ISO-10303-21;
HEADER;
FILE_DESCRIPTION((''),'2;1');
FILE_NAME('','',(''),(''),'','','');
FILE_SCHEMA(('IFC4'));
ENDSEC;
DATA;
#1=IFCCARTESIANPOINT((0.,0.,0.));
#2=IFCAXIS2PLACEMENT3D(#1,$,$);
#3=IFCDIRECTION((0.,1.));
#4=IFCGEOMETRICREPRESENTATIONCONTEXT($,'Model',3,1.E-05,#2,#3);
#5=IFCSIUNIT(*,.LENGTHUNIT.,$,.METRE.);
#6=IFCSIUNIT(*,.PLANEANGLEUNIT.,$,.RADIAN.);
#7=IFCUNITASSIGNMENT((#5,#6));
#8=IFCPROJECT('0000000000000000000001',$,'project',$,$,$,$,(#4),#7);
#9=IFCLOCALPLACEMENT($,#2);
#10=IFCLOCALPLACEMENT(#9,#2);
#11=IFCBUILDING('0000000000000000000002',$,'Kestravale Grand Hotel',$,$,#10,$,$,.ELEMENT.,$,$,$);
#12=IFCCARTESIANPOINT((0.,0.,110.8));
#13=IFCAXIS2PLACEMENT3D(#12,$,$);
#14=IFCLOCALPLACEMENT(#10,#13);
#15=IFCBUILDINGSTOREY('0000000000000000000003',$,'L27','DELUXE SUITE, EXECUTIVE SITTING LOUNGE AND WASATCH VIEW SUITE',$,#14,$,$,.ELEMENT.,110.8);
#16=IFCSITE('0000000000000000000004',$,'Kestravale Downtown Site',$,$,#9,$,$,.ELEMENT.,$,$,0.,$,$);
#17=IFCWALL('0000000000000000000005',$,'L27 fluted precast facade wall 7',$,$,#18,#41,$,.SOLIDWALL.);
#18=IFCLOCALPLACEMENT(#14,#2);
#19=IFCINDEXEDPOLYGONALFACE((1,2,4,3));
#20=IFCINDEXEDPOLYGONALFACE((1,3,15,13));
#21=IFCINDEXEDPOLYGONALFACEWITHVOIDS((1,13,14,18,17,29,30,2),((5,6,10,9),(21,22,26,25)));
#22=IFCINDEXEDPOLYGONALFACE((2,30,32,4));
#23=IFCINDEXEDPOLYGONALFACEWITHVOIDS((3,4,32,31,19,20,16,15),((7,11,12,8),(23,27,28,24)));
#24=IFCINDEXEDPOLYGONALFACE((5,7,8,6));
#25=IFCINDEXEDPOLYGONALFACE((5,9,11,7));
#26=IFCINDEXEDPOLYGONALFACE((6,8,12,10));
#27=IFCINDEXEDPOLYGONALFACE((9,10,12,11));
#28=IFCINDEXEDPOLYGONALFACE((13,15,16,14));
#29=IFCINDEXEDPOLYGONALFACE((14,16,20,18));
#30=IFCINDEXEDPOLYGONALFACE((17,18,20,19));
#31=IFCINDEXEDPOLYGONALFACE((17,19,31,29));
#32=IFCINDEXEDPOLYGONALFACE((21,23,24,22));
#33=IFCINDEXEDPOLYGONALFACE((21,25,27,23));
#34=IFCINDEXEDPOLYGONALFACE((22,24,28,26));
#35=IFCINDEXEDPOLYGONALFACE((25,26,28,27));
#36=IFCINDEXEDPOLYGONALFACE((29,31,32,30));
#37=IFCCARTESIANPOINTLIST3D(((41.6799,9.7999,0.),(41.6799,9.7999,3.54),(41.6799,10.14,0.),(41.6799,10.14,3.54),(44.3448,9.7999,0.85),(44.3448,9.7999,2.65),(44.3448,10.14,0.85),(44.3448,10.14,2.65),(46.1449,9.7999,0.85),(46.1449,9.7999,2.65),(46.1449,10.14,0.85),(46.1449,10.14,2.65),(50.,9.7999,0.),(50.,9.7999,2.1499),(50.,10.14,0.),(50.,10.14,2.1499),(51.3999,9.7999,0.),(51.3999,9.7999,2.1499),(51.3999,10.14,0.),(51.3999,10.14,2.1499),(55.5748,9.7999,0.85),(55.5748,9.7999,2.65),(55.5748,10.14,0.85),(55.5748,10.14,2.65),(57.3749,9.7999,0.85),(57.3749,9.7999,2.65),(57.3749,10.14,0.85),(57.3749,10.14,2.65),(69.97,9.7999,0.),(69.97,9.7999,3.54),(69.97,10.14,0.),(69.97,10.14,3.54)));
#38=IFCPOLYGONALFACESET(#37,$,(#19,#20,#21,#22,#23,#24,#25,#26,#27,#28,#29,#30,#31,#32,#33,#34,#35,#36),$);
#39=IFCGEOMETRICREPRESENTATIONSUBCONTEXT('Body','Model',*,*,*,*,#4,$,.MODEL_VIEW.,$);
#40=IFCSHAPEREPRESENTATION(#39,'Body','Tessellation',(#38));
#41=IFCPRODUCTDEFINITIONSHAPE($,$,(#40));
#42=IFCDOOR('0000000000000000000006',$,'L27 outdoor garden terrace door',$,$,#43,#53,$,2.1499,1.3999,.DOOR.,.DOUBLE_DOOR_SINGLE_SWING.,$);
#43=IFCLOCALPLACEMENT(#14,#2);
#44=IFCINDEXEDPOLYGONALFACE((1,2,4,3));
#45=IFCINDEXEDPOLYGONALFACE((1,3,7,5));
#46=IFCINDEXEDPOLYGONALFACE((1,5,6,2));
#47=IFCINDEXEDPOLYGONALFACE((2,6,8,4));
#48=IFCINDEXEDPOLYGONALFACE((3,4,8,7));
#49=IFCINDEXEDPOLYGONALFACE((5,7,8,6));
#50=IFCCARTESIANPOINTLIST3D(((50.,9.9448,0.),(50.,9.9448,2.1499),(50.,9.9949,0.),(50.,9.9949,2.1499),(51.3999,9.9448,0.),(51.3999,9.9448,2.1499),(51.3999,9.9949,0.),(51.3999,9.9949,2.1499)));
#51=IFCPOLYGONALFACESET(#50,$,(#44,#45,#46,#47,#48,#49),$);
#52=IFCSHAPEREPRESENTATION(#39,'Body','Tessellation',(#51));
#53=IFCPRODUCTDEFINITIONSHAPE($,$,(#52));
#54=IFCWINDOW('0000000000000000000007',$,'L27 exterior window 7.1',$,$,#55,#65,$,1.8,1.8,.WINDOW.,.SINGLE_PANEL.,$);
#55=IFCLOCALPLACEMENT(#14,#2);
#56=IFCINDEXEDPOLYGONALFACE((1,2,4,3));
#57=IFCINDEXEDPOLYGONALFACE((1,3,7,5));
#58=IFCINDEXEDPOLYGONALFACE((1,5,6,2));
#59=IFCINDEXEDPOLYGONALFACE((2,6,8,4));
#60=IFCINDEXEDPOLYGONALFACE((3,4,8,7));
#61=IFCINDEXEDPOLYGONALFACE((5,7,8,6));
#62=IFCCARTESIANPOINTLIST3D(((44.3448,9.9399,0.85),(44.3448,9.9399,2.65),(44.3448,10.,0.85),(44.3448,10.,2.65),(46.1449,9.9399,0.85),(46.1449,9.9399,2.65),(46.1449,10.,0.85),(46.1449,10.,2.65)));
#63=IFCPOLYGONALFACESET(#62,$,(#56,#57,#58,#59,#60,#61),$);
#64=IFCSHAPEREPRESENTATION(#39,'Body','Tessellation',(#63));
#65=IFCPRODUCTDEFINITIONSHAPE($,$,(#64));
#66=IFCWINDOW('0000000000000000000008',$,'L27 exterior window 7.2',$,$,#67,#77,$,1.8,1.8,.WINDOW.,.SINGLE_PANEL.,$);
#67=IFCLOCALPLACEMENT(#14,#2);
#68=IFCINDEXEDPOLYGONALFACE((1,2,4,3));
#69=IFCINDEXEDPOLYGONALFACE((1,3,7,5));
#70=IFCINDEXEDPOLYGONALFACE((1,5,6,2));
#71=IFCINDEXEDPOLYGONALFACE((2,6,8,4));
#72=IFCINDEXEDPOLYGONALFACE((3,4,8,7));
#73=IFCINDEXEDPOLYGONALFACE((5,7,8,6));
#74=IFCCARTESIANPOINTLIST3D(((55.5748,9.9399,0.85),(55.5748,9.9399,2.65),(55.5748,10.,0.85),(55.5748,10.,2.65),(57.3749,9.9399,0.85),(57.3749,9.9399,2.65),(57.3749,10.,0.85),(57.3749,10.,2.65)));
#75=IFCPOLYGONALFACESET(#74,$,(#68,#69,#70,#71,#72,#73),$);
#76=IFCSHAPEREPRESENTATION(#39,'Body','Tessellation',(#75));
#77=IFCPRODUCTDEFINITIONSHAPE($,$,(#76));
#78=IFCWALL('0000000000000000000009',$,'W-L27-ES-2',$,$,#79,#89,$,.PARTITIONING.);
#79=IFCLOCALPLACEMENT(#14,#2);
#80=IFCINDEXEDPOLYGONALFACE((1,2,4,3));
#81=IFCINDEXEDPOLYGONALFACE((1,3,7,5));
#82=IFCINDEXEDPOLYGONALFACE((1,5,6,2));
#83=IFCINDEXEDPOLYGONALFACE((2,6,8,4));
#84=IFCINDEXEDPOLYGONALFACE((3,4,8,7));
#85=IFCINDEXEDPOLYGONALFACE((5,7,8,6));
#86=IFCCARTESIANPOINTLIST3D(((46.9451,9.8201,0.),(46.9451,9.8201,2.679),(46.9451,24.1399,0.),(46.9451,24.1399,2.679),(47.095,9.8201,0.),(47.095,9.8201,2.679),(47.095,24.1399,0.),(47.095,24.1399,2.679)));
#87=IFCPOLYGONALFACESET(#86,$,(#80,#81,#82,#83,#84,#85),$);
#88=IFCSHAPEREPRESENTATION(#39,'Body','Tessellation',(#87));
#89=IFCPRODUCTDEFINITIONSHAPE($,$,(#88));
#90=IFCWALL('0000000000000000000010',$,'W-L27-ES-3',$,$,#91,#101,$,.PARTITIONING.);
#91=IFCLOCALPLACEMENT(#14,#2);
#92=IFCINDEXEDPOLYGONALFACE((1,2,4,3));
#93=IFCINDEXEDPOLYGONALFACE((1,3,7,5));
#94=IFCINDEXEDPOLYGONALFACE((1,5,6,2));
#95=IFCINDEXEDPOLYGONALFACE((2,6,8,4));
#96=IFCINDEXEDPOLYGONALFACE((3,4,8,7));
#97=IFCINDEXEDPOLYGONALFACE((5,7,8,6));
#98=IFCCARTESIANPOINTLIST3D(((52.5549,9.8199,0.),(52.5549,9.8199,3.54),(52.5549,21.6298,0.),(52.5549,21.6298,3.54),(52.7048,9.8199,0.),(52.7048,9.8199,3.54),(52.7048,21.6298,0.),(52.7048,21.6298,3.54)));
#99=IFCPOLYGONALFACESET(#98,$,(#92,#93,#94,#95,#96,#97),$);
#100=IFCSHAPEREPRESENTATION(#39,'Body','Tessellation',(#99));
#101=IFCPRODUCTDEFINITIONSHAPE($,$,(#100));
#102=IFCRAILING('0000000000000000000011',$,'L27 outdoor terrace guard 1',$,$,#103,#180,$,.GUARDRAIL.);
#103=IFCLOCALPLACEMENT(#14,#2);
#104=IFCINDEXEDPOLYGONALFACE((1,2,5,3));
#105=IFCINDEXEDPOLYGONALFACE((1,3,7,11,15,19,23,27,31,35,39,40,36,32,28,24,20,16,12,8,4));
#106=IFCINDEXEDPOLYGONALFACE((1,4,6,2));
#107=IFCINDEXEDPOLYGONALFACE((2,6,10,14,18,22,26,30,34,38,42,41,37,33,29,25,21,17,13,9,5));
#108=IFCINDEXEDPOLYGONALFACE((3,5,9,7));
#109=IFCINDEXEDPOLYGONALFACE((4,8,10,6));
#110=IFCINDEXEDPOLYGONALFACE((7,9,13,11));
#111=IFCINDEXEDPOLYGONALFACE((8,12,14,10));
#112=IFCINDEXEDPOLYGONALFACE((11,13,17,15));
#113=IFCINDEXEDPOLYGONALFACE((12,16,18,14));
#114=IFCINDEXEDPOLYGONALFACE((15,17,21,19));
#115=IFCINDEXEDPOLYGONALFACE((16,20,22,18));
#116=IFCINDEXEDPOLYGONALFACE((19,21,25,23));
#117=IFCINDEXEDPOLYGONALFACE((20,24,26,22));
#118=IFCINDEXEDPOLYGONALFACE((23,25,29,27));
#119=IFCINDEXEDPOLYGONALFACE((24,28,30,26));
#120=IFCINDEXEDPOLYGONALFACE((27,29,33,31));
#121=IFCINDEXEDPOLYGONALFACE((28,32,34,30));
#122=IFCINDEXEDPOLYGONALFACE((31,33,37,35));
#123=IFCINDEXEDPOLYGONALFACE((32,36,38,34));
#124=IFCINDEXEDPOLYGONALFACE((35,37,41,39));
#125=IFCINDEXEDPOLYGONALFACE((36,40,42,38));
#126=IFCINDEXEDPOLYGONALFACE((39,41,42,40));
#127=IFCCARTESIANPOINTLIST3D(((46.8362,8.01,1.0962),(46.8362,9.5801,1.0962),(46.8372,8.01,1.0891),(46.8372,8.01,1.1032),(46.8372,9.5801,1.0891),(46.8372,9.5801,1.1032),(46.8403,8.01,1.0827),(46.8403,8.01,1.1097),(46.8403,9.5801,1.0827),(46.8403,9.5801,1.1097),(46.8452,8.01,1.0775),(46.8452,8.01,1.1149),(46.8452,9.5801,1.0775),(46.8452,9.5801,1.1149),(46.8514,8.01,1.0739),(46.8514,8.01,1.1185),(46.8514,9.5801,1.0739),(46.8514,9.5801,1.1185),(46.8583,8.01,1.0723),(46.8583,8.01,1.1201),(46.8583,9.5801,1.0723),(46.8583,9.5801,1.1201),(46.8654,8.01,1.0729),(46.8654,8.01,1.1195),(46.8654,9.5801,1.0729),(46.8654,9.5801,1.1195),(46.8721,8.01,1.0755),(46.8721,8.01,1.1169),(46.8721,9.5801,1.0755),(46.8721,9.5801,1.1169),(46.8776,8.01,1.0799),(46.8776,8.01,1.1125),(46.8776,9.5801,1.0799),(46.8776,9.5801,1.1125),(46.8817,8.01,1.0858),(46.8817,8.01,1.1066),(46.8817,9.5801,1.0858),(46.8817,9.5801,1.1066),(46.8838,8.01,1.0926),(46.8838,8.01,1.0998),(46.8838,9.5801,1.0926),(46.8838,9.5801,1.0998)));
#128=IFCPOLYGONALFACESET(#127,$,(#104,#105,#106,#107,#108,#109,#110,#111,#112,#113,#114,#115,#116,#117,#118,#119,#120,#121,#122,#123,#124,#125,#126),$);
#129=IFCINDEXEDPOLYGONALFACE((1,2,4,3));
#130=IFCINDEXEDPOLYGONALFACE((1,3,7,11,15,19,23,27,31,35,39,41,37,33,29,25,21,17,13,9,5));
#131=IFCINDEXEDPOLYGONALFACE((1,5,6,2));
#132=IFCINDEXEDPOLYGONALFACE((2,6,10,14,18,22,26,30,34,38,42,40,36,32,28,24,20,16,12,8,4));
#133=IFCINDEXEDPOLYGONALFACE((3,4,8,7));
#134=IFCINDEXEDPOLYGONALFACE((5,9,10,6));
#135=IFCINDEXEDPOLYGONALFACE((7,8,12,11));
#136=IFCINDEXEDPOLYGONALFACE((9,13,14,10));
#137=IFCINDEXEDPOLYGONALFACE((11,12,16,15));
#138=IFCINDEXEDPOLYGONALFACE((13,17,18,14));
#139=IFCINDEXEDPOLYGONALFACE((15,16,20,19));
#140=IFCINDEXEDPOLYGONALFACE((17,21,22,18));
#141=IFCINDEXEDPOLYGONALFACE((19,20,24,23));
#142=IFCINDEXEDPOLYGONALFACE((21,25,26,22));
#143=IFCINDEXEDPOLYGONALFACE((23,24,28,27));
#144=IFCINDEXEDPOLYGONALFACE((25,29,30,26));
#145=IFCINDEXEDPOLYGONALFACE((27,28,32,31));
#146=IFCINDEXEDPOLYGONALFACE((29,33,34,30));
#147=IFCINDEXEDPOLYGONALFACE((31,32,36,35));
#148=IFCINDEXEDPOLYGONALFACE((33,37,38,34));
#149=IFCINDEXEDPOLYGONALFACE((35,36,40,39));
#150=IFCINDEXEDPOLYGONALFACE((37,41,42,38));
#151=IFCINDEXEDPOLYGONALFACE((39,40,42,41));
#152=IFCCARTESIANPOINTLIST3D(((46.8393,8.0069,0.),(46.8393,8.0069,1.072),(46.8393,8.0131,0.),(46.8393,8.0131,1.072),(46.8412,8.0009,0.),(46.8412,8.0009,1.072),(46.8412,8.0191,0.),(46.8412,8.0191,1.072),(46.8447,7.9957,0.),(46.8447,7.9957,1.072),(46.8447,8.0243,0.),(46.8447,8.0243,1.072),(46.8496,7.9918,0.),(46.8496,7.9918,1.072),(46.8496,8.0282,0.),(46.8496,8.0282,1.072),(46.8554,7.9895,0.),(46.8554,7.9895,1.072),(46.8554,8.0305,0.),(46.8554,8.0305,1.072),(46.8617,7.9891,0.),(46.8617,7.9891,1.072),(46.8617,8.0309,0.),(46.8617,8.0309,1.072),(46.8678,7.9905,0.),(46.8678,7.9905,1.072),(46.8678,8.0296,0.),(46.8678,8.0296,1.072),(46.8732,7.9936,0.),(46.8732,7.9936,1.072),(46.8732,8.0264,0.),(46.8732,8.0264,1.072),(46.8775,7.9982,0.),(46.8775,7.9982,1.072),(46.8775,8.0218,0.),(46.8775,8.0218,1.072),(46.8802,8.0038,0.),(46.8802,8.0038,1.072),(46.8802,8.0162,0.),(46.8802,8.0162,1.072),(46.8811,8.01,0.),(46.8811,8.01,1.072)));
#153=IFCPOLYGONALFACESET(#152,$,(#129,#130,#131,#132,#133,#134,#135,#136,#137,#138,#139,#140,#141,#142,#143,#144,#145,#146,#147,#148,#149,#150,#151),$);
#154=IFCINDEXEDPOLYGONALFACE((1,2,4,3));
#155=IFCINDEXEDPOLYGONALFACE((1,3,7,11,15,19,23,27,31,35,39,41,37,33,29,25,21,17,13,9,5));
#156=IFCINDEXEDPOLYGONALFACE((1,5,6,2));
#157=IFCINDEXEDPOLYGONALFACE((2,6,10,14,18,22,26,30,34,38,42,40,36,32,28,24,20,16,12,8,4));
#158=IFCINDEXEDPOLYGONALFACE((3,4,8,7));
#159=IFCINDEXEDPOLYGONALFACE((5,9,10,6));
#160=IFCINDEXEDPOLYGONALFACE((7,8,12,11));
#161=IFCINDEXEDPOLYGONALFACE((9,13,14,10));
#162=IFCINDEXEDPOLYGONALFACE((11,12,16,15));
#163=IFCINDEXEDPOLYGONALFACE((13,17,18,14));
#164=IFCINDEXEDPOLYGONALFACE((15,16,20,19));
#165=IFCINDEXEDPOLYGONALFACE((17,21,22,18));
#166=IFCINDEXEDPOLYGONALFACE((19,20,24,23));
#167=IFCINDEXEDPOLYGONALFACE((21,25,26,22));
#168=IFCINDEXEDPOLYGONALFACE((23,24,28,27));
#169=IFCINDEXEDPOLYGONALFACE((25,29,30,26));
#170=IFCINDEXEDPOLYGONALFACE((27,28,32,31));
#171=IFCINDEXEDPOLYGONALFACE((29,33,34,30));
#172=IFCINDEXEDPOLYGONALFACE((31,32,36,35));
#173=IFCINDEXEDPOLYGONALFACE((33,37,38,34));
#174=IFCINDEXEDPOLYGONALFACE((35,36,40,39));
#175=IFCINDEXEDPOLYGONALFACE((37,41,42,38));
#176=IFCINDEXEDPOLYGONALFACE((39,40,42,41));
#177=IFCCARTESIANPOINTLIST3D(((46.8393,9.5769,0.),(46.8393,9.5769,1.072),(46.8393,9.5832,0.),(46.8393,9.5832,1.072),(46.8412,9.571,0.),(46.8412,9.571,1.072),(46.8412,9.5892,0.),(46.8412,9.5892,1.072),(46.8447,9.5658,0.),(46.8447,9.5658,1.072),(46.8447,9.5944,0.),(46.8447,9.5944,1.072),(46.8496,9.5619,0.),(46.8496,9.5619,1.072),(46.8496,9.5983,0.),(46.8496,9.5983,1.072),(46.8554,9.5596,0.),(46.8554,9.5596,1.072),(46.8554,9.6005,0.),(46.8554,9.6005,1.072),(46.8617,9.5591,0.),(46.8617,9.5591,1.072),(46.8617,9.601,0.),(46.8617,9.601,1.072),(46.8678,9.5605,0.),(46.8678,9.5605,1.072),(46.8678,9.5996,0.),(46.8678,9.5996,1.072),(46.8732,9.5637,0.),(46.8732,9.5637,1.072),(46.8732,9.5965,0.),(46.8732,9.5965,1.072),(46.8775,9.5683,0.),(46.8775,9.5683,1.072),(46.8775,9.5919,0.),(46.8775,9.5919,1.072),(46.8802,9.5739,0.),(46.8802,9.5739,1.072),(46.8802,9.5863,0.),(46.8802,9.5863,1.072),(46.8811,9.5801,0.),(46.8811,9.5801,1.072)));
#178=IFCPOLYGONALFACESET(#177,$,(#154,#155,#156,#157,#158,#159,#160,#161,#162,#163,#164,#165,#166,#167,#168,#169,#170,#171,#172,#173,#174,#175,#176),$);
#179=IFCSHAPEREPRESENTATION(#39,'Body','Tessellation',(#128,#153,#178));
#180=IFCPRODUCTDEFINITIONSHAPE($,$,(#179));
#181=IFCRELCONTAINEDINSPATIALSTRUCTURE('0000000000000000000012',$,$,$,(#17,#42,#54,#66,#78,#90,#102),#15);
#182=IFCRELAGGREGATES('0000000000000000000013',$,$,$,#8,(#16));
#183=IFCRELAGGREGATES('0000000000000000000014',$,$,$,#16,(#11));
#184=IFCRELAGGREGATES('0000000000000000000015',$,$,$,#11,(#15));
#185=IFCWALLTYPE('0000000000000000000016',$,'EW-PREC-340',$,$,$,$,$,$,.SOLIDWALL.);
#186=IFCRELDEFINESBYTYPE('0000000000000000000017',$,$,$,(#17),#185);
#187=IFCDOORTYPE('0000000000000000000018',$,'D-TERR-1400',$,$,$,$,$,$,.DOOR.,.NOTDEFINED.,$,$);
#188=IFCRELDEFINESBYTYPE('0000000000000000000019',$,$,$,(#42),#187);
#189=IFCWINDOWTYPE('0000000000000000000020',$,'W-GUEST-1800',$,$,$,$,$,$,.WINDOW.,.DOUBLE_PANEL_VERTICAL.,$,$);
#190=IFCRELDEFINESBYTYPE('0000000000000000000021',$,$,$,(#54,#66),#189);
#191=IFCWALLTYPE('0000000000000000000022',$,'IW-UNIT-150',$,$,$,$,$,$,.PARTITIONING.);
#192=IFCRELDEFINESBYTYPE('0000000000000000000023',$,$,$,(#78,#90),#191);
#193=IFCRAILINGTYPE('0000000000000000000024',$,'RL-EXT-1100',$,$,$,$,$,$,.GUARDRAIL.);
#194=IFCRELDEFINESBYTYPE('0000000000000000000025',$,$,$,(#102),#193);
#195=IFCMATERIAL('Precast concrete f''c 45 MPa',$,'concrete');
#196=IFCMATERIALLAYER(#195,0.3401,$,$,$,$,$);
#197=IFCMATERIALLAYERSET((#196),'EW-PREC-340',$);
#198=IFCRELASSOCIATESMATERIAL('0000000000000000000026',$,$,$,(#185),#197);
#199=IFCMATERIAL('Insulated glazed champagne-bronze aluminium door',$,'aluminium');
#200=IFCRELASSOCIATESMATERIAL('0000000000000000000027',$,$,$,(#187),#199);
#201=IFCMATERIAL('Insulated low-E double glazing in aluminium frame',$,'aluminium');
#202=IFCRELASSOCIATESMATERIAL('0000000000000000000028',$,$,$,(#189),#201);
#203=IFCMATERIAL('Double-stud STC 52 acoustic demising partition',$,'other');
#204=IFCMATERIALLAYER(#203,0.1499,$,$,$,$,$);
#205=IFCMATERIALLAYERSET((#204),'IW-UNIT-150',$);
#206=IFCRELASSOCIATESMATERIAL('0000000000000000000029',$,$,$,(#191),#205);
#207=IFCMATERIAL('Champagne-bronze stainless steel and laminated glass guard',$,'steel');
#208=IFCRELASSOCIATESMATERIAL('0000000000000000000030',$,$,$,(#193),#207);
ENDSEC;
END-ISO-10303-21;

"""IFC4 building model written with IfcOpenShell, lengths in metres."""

from ifc_helpers import new_model, si_unit, direction, frame, frame_2d, origin, origin_2d, place, context, subcontext, project, spatial, rectangle, circle, extrude, material, layer, layer_set, type_object, element, fill, save


model = new_model("IFC4")

# Units and contexts
model_context = context("Model", 3, precision=1e-05, world=origin(), true_north=direction((0.0, 1.0)))
body_context = subcontext(model_context, "Body", "Model", "MODEL_VIEW")
ifc_project = project(units=[si_unit("LENGTHUNIT", "METRE"), si_unit("PLANEANGLEUNIT", "RADIAN")], contexts=[model_context])

# Site, building, storey
site_placement = place(None, origin())
site = spatial("IfcSite", under=ifc_project, at=site_placement, Name="Kestravale Downtown Site", CompositionType="ELEMENT", RefElevation=0.0)
building_placement = place(site_placement, origin())
building = spatial("IfcBuilding", under=site, at=building_placement, Name="Kestravale Grand Hotel", CompositionType="ELEMENT")
storey_placement = place(building_placement, frame((0.0, 0.0, 110.8)))
storey = spatial("IfcBuildingStorey", under=building, at=storey_placement, Name="L27", Description="DELUXE SUITE, EXECUTIVE SITTING LOUNGE AND WASATCH VIEW SUITE", CompositionType="ELEMENT", Elevation=110.8)

# Shared definitions
ifc_material_1 = material(Name="Precast concrete f'c 45 MPa", Category="concrete")
ifc_layer_1 = layer(ifc_material_1, 0.3401)
ifc_layer_set_1 = layer_set([ifc_layer_1], Name="EW-PREC-340")
wall_type_1 = type_object("IfcWallType", Name="EW-PREC-340", PredefinedType="SOLIDWALL", material=ifc_layer_set_1)

# Wall, openings, door, windows
wall_1_placement = place(storey_placement, frame((41.6799, 9.97, 0.0), z_axis=(0.0, 0.0, 1.0), x_axis=(1.0, 0.0, 0.0)))
wall_1 = element("IfcWall", 1, at=wall_1_placement, inside=storey, type_object=wall_type_1, Name="L27 fluted precast facade wall 7", PredefinedType="SOLIDWALL", context=body_context, shape_type="SweptSolid", body=[
    extrude(rectangle(XDim=28.29, YDim=0.3401, at=frame_2d((14.145, 0.0))), origin(), (0.0, 0.0, 1.0), 3.54),
])
opening_1_placement = place(wall_1_placement, frame((8.3201, 0.0, 0.0)))
opening_1 = element("IfcOpeningElement", 2, at=opening_1_placement, cuts=wall_1, PredefinedType="OPENING", context=body_context, shape_type="SweptSolid", body=[
    extrude(rectangle(XDim=1.3999, YDim=2.1499, at=frame_2d((0.7, 1.075))), frame((0.0, 0.1799, 0.0), z_axis=(0.0, -1.0, 0.0), x_axis=(1.0, 0.0, 0.0)), (0.0, 0.0, 1.0), 0.3601),
])
opening_2_placement = place(wall_1_placement, frame((2.665, 0.0, 0.8501)))
opening_2 = element("IfcOpeningElement", 3, at=opening_2_placement, cuts=wall_1, PredefinedType="OPENING", context=body_context, shape_type="SweptSolid", body=[
    extrude(rectangle(XDim=1.8, YDim=1.8, at=frame_2d((0.8999, 0.8999))), frame((0.0, 0.1799, 0.0), z_axis=(0.0, -1.0, 0.0), x_axis=(1.0, 0.0, 0.0)), (0.0, 0.0, 1.0), 0.3601),
])
opening_3_placement = place(wall_1_placement, frame((13.895, 0.0, 0.8501)))
opening_3 = element("IfcOpeningElement", 4, at=opening_3_placement, cuts=wall_1, PredefinedType="OPENING", context=body_context, shape_type="SweptSolid", body=[
    extrude(rectangle(XDim=1.8, YDim=1.8, at=frame_2d((0.8999, 0.8999))), frame((0.0, 0.1799, 0.0), z_axis=(0.0, -1.0, 0.0), x_axis=(1.0, 0.0, 0.0)), (0.0, 0.0, 1.0), 0.3601),
])
ifc_material_2 = material(Name="Insulated glazed champagne-bronze aluminium door", Category="aluminium")
door_type = type_object("IfcDoorType", Name="D-TERR-1400", OperationType="NOTDEFINED", PredefinedType="DOOR", material=ifc_material_2)
door_placement = place(opening_1_placement, origin())
door = element("IfcDoor", 5, at=door_placement, inside=storey, type_object=door_type, Name="L27 outdoor garden terrace door", OperationType="DOUBLE_DOOR_SINGLE_SWING", OverallHeight=2.1499, OverallWidth=1.3999, PredefinedType="DOOR", context=body_context, shape_type="SweptSolid", body=[
    extrude(rectangle(XDim=1.3999, YDim=2.1499, at=frame_2d((0.7, 1.075))), frame((0.0, 0.0249, 0.0), z_axis=(0.0, -1.0, 0.0), x_axis=(1.0, 0.0, 0.0)), (0.0, 0.0, 1.0), 0.05),
])
fill(opening_1, door)
ifc_material_3 = material(Name="Insulated low-E double glazing in aluminium frame", Category="aluminium")
window_type = type_object("IfcWindowType", Name="W-GUEST-1800", PartitioningType="DOUBLE_PANEL_VERTICAL", PredefinedType="WINDOW", material=ifc_material_3)
window_1_placement = place(opening_2_placement, origin())
window_1 = element("IfcWindow", 6, at=window_1_placement, inside=storey, type_object=window_type, Name="L27 exterior window 7.1", OverallHeight=1.8, OverallWidth=1.8, PartitioningType="SINGLE_PANEL", PredefinedType="WINDOW", context=body_context, shape_type="SweptSolid", body=[
    extrude(rectangle(XDim=1.8, YDim=1.8, at=frame_2d((0.8999, 0.8999))), frame((0.0, 0.03, 0.0), z_axis=(0.0, -1.0, 0.0), x_axis=(1.0, 0.0, 0.0)), (0.0, 0.0, 1.0), 0.0601),
])
fill(opening_2, window_1)
window_2_placement = place(opening_3_placement, origin())
window_2 = element("IfcWindow", 7, at=window_2_placement, inside=storey, type_object=window_type, Name="L27 exterior window 7.2", OverallHeight=1.8, OverallWidth=1.8, PartitioningType="SINGLE_PANEL", PredefinedType="WINDOW", context=body_context, shape_type="SweptSolid", body=[
    extrude(rectangle(XDim=1.8, YDim=1.8, at=frame_2d((0.8999, 0.8999))), frame((0.0, 0.03, 0.0), z_axis=(0.0, -1.0, 0.0), x_axis=(1.0, 0.0, 0.0)), (0.0, 0.0, 1.0), 0.0601),
])
fill(opening_3, window_2)

# Walls
ifc_material_4 = material(Name="Double-stud STC 52 acoustic demising partition", Category="other")
ifc_layer_2 = layer(ifc_material_4, 0.1499)
ifc_layer_set_2 = layer_set([ifc_layer_2], Name="IW-UNIT-150")
wall_type_2 = type_object("IfcWallType", Name="IW-UNIT-150", PredefinedType="PARTITIONING", material=ifc_layer_set_2)
wall_2_placement = place(storey_placement, frame((47.02, 9.8201, 0.0), z_axis=(0.0, 0.0, 1.0), x_axis=(0.0, 1.0, 0.0)))
element("IfcWall", 8, at=wall_2_placement, inside=storey, type_object=wall_type_2, Name="W-L27-ES-2", PredefinedType="PARTITIONING", context=body_context, shape_type="SweptSolid", body=[
    extrude(rectangle(XDim=14.3198, YDim=0.1499, at=frame_2d((7.1599, 0.0))), origin(), (0.0, 0.0, 1.0), 2.679),
])
wall_3_placement = place(storey_placement, frame((52.6299, 9.8201, 0.0), z_axis=(0.0, 0.0, 1.0), x_axis=(0.0, 1.0, 0.0)))
element("IfcWall", 9, at=wall_3_placement, inside=storey, type_object=wall_type_2, Name="W-L27-ES-3", PredefinedType="PARTITIONING", context=body_context, shape_type="SweptSolid", body=[
    extrude(rectangle(XDim=11.8098, YDim=0.1499, at=frame_2d((5.9048, 0.0))), origin(), (0.0, 0.0, 1.0), 3.54),
])

# Railing
ifc_material_5 = material(Name="Champagne-bronze stainless steel and laminated glass guard", Category="steel")
railing_type = type_object("IfcRailingType", Name="RL-EXT-1100", PredefinedType="GUARDRAIL", material=ifc_material_5)
railing_1_placement = place(storey_placement, frame((46.8601, 8.01, 0.0)))
element("IfcRailing", 10, at=railing_1_placement, inside=storey, type_object=railing_type, Name="L27 outdoor terrace guard 1", PredefinedType="GUARDRAIL", context=body_context, shape_type="SweptSolid", body=[
    extrude(circle(Radius=0.0239, at=origin_2d()), frame((0.0, 0.0, 1.0962), z_axis=(0.0, 1.0, 0.0), x_axis=(-1.0, 0.0, 0.0)), (0.0, 0.0, 1.0), 1.5701),
    extrude(circle(Radius=0.021, at=origin_2d()), origin(), (0.0, 0.0, 1.0), 1.072),
    extrude(circle(Radius=0.021, at=origin_2d()), frame((0.0, 1.5701, 0.0)), (0.0, 0.0, 1.0), 1.072),
])

save(model, "model.ifc")
